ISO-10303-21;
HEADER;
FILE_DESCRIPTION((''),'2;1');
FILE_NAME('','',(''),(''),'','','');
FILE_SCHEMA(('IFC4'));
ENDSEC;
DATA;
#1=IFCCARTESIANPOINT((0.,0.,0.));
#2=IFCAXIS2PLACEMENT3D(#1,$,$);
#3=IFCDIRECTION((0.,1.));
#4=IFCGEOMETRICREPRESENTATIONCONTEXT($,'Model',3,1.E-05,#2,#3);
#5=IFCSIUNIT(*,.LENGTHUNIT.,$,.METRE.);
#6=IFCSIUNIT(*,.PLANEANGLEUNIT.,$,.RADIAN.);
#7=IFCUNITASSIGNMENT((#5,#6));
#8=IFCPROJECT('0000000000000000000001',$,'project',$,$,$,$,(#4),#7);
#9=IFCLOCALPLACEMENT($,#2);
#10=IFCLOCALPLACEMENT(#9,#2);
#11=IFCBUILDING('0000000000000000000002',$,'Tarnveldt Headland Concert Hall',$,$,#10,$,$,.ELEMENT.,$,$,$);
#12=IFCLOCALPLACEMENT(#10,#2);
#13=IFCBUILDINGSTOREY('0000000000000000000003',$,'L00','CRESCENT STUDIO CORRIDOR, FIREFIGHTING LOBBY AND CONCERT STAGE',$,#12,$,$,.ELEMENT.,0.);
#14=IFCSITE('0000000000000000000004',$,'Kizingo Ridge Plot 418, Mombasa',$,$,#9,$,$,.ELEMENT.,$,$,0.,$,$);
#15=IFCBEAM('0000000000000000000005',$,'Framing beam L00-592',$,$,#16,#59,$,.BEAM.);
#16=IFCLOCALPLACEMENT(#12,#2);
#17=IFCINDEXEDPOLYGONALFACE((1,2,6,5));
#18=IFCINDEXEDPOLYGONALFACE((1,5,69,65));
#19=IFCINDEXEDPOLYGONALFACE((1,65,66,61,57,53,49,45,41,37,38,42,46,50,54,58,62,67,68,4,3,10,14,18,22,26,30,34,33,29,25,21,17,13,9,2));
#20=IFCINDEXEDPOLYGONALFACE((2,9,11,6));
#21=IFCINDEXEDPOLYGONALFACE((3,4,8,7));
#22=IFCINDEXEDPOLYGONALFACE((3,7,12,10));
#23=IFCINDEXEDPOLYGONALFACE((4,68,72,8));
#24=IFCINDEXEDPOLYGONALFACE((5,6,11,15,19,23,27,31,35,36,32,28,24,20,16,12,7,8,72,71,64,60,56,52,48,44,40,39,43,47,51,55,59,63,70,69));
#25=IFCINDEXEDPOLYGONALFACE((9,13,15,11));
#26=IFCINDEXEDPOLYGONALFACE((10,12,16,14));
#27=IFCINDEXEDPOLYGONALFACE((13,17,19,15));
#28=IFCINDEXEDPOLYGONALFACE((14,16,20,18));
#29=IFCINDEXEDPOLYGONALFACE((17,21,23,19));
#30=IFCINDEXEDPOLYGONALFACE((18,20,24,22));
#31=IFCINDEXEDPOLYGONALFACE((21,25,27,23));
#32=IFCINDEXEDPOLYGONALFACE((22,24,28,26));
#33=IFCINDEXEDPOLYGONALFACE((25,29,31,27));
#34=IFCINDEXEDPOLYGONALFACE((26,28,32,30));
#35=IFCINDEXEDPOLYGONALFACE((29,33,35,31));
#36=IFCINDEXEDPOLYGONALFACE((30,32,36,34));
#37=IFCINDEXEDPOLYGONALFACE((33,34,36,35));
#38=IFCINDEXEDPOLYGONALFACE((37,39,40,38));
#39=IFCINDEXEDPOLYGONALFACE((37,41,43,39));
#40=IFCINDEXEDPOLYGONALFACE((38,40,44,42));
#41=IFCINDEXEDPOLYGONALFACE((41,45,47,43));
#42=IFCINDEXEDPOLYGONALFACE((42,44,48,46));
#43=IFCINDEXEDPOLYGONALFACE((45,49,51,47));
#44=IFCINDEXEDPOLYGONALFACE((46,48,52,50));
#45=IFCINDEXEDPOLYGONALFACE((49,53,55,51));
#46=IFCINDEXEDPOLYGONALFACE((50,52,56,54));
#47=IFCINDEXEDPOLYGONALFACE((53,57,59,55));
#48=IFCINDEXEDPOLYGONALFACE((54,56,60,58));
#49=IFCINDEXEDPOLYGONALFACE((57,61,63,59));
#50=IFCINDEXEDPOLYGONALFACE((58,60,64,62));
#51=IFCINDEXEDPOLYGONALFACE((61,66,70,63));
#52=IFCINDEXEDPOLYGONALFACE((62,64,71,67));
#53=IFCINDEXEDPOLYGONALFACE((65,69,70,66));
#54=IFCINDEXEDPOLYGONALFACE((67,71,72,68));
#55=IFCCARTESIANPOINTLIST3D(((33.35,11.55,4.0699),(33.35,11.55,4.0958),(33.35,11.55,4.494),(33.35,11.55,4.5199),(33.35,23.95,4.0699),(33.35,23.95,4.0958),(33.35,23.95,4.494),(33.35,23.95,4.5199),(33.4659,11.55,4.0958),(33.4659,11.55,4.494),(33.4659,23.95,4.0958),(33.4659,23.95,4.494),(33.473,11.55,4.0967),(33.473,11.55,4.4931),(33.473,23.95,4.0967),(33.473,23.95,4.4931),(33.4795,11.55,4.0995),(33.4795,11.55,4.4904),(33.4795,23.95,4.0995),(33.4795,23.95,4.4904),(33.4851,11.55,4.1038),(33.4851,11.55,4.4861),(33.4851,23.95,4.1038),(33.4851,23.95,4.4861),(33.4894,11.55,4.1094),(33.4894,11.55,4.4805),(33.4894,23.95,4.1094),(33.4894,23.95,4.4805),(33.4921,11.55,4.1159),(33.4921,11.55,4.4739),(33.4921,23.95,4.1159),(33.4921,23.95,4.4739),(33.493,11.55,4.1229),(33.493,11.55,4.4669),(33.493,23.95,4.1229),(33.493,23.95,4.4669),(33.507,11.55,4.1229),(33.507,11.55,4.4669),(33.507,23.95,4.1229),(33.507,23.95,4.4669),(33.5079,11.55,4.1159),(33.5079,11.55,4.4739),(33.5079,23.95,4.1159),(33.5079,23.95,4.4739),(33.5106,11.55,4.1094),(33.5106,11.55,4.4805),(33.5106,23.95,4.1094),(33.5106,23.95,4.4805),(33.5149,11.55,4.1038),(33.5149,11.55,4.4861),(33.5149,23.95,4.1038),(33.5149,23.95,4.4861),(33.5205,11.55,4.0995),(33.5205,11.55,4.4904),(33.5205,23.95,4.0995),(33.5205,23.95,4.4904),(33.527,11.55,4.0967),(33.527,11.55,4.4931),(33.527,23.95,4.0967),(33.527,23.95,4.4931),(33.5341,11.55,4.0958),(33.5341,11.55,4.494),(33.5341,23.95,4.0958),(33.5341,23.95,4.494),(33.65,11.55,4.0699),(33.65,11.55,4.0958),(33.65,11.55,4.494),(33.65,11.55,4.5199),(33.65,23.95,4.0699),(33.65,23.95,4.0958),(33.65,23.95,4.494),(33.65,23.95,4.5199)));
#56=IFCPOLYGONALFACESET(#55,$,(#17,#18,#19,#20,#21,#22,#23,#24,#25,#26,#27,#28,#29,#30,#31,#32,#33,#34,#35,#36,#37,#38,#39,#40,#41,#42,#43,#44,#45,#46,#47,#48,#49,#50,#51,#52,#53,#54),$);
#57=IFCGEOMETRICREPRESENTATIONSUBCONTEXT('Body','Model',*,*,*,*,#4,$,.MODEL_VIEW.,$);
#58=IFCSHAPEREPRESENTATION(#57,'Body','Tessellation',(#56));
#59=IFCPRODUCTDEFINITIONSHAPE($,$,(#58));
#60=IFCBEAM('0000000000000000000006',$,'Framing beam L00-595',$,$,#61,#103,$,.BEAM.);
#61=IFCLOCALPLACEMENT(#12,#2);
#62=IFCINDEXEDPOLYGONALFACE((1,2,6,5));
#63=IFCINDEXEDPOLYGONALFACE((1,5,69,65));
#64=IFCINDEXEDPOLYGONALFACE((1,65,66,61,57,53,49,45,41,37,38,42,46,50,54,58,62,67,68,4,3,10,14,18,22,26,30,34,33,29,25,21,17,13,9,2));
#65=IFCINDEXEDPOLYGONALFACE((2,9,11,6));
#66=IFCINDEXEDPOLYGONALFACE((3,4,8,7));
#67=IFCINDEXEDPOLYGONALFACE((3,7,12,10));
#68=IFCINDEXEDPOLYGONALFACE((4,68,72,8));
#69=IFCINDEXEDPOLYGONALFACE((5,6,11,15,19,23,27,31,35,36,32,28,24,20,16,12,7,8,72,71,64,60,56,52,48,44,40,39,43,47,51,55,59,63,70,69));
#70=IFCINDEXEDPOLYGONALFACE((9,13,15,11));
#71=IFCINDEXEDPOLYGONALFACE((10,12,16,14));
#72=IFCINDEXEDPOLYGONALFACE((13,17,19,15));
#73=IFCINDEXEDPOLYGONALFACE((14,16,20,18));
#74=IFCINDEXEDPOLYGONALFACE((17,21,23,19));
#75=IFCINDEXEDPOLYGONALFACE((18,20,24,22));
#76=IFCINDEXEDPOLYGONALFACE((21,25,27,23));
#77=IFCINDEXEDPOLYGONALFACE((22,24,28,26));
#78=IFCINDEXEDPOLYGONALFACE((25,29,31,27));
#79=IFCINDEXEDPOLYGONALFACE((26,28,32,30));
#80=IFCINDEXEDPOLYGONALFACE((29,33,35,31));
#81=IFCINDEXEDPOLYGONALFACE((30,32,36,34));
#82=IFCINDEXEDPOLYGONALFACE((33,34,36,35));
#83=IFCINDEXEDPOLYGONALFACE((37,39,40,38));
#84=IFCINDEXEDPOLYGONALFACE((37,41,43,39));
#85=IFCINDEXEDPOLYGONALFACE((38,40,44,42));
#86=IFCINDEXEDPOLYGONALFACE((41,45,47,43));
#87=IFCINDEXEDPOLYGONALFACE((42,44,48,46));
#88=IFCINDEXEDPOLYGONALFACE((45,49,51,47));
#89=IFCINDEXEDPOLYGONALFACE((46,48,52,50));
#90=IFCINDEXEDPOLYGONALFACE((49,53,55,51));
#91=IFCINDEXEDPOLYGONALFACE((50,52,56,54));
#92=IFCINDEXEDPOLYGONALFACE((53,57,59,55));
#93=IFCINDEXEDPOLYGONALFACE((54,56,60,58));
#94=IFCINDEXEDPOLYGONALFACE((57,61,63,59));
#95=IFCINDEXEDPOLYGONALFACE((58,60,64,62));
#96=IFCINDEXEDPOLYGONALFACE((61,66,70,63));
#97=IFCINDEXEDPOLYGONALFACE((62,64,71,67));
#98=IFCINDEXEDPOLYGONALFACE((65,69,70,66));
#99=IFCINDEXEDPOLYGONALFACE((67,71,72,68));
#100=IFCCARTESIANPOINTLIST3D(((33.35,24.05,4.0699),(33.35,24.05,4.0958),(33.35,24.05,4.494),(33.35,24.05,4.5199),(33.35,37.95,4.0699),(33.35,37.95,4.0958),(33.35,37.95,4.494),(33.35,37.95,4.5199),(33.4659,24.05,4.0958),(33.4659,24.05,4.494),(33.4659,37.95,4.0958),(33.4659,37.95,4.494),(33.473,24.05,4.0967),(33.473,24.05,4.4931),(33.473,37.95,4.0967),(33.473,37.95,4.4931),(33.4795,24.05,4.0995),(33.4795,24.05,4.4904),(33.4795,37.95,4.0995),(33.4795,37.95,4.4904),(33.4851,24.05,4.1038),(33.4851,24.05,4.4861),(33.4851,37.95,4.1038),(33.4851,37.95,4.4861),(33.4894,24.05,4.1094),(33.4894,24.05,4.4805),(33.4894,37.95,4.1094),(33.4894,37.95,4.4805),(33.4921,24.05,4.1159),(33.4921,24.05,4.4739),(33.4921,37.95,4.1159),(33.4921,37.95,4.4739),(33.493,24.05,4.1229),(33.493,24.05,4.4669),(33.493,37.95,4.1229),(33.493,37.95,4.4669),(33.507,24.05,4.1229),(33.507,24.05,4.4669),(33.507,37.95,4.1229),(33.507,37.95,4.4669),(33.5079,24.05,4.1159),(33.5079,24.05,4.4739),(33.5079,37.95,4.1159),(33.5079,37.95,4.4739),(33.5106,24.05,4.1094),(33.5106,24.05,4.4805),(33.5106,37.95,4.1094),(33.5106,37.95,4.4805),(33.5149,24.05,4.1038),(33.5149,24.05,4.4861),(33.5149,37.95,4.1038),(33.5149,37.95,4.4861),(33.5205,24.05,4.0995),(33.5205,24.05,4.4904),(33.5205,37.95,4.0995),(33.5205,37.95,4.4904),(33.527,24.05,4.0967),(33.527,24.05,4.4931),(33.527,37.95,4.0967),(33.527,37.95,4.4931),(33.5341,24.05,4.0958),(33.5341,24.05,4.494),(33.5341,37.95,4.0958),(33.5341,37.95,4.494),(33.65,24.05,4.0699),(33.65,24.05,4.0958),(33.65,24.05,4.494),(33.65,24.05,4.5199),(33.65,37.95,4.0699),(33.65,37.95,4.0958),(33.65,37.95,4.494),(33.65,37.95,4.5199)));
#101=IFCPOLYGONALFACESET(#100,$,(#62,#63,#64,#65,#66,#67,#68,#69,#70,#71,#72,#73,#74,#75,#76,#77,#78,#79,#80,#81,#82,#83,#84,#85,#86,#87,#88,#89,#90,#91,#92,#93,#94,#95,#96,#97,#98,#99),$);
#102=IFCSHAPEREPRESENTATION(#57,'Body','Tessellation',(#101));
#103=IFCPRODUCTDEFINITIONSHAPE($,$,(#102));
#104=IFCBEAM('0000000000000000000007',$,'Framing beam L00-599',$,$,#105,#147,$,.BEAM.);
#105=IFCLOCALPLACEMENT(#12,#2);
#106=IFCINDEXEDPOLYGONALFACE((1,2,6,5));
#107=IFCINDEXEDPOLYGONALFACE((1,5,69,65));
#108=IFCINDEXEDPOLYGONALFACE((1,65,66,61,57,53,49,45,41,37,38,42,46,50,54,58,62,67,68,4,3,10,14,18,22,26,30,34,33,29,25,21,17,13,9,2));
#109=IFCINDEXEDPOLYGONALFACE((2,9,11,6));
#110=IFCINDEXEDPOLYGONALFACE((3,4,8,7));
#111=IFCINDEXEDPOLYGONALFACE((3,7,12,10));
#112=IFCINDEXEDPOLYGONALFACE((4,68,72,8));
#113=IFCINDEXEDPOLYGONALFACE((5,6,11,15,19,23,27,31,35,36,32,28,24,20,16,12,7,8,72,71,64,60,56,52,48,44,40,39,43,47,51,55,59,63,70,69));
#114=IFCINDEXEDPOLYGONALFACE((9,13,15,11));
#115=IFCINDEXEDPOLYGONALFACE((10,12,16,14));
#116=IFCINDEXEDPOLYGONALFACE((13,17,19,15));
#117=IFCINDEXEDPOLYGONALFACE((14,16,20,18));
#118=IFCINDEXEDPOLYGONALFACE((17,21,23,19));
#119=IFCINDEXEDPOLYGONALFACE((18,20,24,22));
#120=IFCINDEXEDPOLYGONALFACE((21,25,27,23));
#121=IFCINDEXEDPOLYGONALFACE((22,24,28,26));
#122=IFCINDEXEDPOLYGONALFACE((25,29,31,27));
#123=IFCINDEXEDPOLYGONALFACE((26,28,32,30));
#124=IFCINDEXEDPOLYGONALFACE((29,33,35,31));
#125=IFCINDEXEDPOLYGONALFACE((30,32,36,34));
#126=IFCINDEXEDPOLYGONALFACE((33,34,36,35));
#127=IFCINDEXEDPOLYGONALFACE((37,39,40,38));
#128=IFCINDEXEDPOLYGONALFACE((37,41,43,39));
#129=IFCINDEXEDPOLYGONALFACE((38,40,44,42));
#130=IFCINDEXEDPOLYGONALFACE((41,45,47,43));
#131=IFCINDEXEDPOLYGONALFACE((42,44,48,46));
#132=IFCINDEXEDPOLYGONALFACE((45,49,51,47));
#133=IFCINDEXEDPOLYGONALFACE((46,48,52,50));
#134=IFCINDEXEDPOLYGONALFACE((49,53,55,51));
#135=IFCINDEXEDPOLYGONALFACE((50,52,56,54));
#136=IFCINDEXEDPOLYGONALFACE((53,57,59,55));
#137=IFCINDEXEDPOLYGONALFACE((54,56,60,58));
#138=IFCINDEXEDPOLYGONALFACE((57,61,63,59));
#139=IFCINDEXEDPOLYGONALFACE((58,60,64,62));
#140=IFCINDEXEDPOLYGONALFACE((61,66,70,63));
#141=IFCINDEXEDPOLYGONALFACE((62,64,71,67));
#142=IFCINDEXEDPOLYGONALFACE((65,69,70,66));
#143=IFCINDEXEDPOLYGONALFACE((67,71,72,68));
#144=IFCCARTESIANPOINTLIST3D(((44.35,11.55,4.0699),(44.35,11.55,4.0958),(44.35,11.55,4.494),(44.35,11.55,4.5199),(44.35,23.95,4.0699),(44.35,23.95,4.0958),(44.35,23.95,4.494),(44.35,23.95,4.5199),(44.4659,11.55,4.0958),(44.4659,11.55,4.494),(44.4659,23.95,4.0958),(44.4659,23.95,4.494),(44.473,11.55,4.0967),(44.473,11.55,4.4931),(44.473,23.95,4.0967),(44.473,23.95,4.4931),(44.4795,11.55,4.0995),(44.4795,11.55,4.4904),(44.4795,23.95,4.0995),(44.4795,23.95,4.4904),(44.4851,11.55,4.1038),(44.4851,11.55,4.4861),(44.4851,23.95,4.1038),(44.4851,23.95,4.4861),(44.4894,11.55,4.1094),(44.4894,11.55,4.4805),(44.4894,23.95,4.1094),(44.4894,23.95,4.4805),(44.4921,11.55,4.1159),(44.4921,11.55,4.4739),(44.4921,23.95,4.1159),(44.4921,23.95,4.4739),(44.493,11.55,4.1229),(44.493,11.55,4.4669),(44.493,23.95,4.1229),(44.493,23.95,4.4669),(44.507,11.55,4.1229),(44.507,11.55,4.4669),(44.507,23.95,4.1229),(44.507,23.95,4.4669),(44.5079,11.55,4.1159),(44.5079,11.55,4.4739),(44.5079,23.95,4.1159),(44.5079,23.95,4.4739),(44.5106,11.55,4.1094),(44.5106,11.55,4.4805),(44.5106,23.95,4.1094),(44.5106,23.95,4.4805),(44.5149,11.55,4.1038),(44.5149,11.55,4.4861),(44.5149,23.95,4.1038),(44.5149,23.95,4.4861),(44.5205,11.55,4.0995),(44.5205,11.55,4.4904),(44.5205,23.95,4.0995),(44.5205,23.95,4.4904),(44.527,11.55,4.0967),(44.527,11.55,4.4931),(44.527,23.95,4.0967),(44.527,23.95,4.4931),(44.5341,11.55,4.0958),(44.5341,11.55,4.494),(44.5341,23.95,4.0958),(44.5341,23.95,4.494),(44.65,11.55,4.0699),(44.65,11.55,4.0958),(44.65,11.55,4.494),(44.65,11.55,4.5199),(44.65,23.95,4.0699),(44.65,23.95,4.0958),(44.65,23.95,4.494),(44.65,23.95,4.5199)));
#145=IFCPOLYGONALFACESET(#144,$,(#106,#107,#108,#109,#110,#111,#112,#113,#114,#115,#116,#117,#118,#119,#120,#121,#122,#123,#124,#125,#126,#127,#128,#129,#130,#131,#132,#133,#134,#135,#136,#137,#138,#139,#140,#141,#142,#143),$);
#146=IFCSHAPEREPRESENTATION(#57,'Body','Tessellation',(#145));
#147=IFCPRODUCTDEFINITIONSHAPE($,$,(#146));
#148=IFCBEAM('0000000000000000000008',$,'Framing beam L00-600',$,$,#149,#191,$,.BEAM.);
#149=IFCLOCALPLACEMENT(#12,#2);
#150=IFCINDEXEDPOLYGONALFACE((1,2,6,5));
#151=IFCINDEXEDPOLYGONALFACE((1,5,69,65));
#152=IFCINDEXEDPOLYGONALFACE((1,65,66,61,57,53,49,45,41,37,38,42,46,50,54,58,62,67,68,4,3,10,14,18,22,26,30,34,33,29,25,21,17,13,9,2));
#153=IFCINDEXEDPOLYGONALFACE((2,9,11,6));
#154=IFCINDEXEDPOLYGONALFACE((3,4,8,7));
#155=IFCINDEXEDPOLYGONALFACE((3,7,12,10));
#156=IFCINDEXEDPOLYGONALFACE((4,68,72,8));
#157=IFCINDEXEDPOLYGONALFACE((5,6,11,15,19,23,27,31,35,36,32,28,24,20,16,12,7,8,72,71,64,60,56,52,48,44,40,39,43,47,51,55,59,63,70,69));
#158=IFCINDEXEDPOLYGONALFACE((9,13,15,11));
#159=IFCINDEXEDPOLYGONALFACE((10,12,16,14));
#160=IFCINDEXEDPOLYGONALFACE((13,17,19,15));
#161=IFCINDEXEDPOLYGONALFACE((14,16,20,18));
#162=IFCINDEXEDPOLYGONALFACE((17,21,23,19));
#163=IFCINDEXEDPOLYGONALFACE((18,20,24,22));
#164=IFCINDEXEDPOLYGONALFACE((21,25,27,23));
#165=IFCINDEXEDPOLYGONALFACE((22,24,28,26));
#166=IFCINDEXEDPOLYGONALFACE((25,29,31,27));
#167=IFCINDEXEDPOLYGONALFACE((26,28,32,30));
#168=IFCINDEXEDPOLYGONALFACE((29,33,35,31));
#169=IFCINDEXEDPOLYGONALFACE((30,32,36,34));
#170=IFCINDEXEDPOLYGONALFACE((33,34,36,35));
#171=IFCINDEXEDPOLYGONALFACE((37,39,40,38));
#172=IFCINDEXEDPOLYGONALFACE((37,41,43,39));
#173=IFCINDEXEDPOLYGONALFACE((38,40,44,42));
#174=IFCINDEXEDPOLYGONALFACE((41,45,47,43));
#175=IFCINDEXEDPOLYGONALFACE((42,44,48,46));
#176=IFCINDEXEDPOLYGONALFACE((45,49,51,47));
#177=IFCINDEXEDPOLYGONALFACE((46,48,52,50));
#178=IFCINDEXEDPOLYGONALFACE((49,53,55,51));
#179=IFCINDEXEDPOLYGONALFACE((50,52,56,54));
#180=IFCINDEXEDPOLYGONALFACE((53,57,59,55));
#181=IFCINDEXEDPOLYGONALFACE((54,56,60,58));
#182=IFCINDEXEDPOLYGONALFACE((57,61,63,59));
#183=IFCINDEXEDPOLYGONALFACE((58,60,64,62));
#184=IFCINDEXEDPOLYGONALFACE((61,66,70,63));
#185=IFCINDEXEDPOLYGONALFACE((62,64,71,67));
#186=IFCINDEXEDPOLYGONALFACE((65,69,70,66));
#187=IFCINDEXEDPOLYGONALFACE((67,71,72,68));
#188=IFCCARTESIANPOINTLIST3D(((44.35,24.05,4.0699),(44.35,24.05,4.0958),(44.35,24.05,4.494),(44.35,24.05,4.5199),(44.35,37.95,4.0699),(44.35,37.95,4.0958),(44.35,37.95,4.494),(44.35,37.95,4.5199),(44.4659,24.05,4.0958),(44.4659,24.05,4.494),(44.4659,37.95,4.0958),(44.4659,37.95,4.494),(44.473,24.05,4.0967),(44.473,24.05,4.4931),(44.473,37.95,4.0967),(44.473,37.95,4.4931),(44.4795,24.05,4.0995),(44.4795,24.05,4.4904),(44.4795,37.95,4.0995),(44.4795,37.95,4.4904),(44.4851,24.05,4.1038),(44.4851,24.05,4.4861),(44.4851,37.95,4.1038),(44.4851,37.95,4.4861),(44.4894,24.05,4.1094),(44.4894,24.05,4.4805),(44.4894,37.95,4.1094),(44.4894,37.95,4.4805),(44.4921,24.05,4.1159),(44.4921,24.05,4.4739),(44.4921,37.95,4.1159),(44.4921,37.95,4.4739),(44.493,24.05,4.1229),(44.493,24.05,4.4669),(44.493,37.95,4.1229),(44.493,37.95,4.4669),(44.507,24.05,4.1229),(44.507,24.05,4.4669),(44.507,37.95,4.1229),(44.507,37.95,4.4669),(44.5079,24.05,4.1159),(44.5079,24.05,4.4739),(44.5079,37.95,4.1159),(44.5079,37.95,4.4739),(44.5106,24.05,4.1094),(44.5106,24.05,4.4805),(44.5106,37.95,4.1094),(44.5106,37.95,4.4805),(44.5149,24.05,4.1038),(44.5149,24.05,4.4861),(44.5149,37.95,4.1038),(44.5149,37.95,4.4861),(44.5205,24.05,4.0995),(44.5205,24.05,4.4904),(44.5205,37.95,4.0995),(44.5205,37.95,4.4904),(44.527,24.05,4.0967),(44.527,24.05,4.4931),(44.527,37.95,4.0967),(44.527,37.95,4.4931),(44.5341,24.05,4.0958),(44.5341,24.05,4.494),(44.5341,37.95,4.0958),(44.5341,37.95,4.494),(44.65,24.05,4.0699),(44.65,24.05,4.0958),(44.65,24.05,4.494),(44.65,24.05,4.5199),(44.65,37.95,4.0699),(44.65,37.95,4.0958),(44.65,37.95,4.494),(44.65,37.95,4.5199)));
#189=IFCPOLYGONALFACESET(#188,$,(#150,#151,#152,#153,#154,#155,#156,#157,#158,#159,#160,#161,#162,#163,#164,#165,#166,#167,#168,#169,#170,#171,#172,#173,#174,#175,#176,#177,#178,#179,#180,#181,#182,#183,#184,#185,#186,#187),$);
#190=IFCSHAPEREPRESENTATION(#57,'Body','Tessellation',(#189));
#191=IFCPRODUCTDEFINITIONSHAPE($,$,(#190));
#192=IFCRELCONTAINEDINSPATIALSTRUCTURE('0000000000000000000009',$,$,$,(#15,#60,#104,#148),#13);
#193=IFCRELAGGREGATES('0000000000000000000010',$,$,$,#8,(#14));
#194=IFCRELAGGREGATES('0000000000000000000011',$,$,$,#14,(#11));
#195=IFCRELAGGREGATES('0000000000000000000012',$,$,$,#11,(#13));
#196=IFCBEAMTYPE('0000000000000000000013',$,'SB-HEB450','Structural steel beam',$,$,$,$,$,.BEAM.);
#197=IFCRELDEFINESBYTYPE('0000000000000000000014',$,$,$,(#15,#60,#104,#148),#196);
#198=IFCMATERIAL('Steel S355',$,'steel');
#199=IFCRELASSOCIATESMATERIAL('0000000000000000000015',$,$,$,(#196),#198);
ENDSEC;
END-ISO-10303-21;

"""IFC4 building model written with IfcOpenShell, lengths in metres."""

from ifc_helpers import new_model, si_unit, direction, frame, origin, origin_2d, place, context, subcontext, project, spatial, i_section, extrude, material, material_profile, profile_set, type_object, element, save


model = new_model("IFC4")

# Units and contexts
model_context = context("Model", 3, precision=1e-05, world=origin(), true_north=direction((0.0, 1.0)))
body_context = subcontext(model_context, "Body", "Model", "MODEL_VIEW")
ifc_project = project(units=[si_unit("LENGTHUNIT", "METRE"), si_unit("PLANEANGLEUNIT", "RADIAN")], contexts=[model_context])

# Site, building, storey
site_placement = place(None, origin())
site = spatial("IfcSite", under=ifc_project, at=site_placement, Name="Kizingo Ridge Plot 418, Mombasa", CompositionType="ELEMENT", RefElevation=0.0)
building_placement = place(site_placement, origin())
building = spatial("IfcBuilding", under=site, at=building_placement, Name="Tarnveldt Headland Concert Hall", CompositionType="ELEMENT")
storey_placement = place(building_placement, origin())
storey = spatial("IfcBuildingStorey", under=building, at=storey_placement, Name="L00", Description="CRESCENT STUDIO CORRIDOR, FIREFIGHTING LOBBY AND CONCERT STAGE", CompositionType="ELEMENT", Elevation=0.0)

# Beams
ifc_material_1 = material(Name="Steel S355", Category="steel")
ifc_material_profile_1 = material_profile(ifc_material_1, i_section(OverallWidth=0.3, OverallDepth=0.45, WebThickness=0.0139, FlangeThickness=0.0259, FilletRadius=0.0271, at=origin_2d()), Name="HEB450", Category="steel")
ifc_profile_set_1 = profile_set([ifc_material_profile_1], Name="Steel S355")
beam_type_1 = type_object("IfcBeamType", Name="SB-HEB450", Description="Structural steel beam", PredefinedType="BEAM", material=ifc_profile_set_1)
beam_1_placement = place(storey_placement, frame((33.5, 11.55, 4.2949), z_axis=(0.0, 1.0, 0.0), x_axis=(-1.0, 0.0, 0.0)))
element("IfcBeam", 1, at=beam_1_placement, inside=storey, type_object=beam_type_1, Name="Framing beam L00-592", PredefinedType="BEAM", context=body_context, shape_type="SweptSolid", body=[
    extrude(i_section(OverallWidth=0.3, OverallDepth=0.45, WebThickness=0.0139, FlangeThickness=0.0259, FilletRadius=0.0271, at=origin_2d()), origin(), (0.0, 0.0, 1.0), 12.3999),
])
beam_2_placement = place(storey_placement, frame((33.5, 24.05, 4.2949), z_axis=(0.0, 1.0, 0.0), x_axis=(-1.0, 0.0, 0.0)))
element("IfcBeam", 2, at=beam_2_placement, inside=storey, type_object=beam_type_1, Name="Framing beam L00-595", PredefinedType="BEAM", context=body_context, shape_type="SweptSolid", body=[
    extrude(i_section(OverallWidth=0.3, OverallDepth=0.45, WebThickness=0.0139, FlangeThickness=0.0259, FilletRadius=0.0271, at=origin_2d()), origin(), (0.0, 0.0, 1.0), 13.8999),
])
beam_3_placement = place(storey_placement, frame((44.5, 11.55, 4.2949), z_axis=(0.0, 1.0, 0.0), x_axis=(-1.0, 0.0, 0.0)))
element("IfcBeam", 3, at=beam_3_placement, inside=storey, type_object=beam_type_1, Name="Framing beam L00-599", PredefinedType="BEAM", context=body_context, shape_type="SweptSolid", body=[
    extrude(i_section(OverallWidth=0.3, OverallDepth=0.45, WebThickness=0.0139, FlangeThickness=0.0259, FilletRadius=0.0271, at=origin_2d()), origin(), (0.0, 0.0, 1.0), 12.3999),
])
beam_4_placement = place(storey_placement, frame((44.5, 24.05, 4.2949), z_axis=(0.0, 1.0, 0.0), x_axis=(-1.0, 0.0, 0.0)))
element("IfcBeam", 4, at=beam_4_placement, inside=storey, type_object=beam_type_1, Name="Framing beam L00-600", PredefinedType="BEAM", context=body_context, shape_type="SweptSolid", body=[
    extrude(i_section(OverallWidth=0.3, OverallDepth=0.45, WebThickness=0.0139, FlangeThickness=0.0259, FilletRadius=0.0271, at=origin_2d()), origin(), (0.0, 0.0, 1.0), 13.8999),
])

save(model, "model.ifc")
